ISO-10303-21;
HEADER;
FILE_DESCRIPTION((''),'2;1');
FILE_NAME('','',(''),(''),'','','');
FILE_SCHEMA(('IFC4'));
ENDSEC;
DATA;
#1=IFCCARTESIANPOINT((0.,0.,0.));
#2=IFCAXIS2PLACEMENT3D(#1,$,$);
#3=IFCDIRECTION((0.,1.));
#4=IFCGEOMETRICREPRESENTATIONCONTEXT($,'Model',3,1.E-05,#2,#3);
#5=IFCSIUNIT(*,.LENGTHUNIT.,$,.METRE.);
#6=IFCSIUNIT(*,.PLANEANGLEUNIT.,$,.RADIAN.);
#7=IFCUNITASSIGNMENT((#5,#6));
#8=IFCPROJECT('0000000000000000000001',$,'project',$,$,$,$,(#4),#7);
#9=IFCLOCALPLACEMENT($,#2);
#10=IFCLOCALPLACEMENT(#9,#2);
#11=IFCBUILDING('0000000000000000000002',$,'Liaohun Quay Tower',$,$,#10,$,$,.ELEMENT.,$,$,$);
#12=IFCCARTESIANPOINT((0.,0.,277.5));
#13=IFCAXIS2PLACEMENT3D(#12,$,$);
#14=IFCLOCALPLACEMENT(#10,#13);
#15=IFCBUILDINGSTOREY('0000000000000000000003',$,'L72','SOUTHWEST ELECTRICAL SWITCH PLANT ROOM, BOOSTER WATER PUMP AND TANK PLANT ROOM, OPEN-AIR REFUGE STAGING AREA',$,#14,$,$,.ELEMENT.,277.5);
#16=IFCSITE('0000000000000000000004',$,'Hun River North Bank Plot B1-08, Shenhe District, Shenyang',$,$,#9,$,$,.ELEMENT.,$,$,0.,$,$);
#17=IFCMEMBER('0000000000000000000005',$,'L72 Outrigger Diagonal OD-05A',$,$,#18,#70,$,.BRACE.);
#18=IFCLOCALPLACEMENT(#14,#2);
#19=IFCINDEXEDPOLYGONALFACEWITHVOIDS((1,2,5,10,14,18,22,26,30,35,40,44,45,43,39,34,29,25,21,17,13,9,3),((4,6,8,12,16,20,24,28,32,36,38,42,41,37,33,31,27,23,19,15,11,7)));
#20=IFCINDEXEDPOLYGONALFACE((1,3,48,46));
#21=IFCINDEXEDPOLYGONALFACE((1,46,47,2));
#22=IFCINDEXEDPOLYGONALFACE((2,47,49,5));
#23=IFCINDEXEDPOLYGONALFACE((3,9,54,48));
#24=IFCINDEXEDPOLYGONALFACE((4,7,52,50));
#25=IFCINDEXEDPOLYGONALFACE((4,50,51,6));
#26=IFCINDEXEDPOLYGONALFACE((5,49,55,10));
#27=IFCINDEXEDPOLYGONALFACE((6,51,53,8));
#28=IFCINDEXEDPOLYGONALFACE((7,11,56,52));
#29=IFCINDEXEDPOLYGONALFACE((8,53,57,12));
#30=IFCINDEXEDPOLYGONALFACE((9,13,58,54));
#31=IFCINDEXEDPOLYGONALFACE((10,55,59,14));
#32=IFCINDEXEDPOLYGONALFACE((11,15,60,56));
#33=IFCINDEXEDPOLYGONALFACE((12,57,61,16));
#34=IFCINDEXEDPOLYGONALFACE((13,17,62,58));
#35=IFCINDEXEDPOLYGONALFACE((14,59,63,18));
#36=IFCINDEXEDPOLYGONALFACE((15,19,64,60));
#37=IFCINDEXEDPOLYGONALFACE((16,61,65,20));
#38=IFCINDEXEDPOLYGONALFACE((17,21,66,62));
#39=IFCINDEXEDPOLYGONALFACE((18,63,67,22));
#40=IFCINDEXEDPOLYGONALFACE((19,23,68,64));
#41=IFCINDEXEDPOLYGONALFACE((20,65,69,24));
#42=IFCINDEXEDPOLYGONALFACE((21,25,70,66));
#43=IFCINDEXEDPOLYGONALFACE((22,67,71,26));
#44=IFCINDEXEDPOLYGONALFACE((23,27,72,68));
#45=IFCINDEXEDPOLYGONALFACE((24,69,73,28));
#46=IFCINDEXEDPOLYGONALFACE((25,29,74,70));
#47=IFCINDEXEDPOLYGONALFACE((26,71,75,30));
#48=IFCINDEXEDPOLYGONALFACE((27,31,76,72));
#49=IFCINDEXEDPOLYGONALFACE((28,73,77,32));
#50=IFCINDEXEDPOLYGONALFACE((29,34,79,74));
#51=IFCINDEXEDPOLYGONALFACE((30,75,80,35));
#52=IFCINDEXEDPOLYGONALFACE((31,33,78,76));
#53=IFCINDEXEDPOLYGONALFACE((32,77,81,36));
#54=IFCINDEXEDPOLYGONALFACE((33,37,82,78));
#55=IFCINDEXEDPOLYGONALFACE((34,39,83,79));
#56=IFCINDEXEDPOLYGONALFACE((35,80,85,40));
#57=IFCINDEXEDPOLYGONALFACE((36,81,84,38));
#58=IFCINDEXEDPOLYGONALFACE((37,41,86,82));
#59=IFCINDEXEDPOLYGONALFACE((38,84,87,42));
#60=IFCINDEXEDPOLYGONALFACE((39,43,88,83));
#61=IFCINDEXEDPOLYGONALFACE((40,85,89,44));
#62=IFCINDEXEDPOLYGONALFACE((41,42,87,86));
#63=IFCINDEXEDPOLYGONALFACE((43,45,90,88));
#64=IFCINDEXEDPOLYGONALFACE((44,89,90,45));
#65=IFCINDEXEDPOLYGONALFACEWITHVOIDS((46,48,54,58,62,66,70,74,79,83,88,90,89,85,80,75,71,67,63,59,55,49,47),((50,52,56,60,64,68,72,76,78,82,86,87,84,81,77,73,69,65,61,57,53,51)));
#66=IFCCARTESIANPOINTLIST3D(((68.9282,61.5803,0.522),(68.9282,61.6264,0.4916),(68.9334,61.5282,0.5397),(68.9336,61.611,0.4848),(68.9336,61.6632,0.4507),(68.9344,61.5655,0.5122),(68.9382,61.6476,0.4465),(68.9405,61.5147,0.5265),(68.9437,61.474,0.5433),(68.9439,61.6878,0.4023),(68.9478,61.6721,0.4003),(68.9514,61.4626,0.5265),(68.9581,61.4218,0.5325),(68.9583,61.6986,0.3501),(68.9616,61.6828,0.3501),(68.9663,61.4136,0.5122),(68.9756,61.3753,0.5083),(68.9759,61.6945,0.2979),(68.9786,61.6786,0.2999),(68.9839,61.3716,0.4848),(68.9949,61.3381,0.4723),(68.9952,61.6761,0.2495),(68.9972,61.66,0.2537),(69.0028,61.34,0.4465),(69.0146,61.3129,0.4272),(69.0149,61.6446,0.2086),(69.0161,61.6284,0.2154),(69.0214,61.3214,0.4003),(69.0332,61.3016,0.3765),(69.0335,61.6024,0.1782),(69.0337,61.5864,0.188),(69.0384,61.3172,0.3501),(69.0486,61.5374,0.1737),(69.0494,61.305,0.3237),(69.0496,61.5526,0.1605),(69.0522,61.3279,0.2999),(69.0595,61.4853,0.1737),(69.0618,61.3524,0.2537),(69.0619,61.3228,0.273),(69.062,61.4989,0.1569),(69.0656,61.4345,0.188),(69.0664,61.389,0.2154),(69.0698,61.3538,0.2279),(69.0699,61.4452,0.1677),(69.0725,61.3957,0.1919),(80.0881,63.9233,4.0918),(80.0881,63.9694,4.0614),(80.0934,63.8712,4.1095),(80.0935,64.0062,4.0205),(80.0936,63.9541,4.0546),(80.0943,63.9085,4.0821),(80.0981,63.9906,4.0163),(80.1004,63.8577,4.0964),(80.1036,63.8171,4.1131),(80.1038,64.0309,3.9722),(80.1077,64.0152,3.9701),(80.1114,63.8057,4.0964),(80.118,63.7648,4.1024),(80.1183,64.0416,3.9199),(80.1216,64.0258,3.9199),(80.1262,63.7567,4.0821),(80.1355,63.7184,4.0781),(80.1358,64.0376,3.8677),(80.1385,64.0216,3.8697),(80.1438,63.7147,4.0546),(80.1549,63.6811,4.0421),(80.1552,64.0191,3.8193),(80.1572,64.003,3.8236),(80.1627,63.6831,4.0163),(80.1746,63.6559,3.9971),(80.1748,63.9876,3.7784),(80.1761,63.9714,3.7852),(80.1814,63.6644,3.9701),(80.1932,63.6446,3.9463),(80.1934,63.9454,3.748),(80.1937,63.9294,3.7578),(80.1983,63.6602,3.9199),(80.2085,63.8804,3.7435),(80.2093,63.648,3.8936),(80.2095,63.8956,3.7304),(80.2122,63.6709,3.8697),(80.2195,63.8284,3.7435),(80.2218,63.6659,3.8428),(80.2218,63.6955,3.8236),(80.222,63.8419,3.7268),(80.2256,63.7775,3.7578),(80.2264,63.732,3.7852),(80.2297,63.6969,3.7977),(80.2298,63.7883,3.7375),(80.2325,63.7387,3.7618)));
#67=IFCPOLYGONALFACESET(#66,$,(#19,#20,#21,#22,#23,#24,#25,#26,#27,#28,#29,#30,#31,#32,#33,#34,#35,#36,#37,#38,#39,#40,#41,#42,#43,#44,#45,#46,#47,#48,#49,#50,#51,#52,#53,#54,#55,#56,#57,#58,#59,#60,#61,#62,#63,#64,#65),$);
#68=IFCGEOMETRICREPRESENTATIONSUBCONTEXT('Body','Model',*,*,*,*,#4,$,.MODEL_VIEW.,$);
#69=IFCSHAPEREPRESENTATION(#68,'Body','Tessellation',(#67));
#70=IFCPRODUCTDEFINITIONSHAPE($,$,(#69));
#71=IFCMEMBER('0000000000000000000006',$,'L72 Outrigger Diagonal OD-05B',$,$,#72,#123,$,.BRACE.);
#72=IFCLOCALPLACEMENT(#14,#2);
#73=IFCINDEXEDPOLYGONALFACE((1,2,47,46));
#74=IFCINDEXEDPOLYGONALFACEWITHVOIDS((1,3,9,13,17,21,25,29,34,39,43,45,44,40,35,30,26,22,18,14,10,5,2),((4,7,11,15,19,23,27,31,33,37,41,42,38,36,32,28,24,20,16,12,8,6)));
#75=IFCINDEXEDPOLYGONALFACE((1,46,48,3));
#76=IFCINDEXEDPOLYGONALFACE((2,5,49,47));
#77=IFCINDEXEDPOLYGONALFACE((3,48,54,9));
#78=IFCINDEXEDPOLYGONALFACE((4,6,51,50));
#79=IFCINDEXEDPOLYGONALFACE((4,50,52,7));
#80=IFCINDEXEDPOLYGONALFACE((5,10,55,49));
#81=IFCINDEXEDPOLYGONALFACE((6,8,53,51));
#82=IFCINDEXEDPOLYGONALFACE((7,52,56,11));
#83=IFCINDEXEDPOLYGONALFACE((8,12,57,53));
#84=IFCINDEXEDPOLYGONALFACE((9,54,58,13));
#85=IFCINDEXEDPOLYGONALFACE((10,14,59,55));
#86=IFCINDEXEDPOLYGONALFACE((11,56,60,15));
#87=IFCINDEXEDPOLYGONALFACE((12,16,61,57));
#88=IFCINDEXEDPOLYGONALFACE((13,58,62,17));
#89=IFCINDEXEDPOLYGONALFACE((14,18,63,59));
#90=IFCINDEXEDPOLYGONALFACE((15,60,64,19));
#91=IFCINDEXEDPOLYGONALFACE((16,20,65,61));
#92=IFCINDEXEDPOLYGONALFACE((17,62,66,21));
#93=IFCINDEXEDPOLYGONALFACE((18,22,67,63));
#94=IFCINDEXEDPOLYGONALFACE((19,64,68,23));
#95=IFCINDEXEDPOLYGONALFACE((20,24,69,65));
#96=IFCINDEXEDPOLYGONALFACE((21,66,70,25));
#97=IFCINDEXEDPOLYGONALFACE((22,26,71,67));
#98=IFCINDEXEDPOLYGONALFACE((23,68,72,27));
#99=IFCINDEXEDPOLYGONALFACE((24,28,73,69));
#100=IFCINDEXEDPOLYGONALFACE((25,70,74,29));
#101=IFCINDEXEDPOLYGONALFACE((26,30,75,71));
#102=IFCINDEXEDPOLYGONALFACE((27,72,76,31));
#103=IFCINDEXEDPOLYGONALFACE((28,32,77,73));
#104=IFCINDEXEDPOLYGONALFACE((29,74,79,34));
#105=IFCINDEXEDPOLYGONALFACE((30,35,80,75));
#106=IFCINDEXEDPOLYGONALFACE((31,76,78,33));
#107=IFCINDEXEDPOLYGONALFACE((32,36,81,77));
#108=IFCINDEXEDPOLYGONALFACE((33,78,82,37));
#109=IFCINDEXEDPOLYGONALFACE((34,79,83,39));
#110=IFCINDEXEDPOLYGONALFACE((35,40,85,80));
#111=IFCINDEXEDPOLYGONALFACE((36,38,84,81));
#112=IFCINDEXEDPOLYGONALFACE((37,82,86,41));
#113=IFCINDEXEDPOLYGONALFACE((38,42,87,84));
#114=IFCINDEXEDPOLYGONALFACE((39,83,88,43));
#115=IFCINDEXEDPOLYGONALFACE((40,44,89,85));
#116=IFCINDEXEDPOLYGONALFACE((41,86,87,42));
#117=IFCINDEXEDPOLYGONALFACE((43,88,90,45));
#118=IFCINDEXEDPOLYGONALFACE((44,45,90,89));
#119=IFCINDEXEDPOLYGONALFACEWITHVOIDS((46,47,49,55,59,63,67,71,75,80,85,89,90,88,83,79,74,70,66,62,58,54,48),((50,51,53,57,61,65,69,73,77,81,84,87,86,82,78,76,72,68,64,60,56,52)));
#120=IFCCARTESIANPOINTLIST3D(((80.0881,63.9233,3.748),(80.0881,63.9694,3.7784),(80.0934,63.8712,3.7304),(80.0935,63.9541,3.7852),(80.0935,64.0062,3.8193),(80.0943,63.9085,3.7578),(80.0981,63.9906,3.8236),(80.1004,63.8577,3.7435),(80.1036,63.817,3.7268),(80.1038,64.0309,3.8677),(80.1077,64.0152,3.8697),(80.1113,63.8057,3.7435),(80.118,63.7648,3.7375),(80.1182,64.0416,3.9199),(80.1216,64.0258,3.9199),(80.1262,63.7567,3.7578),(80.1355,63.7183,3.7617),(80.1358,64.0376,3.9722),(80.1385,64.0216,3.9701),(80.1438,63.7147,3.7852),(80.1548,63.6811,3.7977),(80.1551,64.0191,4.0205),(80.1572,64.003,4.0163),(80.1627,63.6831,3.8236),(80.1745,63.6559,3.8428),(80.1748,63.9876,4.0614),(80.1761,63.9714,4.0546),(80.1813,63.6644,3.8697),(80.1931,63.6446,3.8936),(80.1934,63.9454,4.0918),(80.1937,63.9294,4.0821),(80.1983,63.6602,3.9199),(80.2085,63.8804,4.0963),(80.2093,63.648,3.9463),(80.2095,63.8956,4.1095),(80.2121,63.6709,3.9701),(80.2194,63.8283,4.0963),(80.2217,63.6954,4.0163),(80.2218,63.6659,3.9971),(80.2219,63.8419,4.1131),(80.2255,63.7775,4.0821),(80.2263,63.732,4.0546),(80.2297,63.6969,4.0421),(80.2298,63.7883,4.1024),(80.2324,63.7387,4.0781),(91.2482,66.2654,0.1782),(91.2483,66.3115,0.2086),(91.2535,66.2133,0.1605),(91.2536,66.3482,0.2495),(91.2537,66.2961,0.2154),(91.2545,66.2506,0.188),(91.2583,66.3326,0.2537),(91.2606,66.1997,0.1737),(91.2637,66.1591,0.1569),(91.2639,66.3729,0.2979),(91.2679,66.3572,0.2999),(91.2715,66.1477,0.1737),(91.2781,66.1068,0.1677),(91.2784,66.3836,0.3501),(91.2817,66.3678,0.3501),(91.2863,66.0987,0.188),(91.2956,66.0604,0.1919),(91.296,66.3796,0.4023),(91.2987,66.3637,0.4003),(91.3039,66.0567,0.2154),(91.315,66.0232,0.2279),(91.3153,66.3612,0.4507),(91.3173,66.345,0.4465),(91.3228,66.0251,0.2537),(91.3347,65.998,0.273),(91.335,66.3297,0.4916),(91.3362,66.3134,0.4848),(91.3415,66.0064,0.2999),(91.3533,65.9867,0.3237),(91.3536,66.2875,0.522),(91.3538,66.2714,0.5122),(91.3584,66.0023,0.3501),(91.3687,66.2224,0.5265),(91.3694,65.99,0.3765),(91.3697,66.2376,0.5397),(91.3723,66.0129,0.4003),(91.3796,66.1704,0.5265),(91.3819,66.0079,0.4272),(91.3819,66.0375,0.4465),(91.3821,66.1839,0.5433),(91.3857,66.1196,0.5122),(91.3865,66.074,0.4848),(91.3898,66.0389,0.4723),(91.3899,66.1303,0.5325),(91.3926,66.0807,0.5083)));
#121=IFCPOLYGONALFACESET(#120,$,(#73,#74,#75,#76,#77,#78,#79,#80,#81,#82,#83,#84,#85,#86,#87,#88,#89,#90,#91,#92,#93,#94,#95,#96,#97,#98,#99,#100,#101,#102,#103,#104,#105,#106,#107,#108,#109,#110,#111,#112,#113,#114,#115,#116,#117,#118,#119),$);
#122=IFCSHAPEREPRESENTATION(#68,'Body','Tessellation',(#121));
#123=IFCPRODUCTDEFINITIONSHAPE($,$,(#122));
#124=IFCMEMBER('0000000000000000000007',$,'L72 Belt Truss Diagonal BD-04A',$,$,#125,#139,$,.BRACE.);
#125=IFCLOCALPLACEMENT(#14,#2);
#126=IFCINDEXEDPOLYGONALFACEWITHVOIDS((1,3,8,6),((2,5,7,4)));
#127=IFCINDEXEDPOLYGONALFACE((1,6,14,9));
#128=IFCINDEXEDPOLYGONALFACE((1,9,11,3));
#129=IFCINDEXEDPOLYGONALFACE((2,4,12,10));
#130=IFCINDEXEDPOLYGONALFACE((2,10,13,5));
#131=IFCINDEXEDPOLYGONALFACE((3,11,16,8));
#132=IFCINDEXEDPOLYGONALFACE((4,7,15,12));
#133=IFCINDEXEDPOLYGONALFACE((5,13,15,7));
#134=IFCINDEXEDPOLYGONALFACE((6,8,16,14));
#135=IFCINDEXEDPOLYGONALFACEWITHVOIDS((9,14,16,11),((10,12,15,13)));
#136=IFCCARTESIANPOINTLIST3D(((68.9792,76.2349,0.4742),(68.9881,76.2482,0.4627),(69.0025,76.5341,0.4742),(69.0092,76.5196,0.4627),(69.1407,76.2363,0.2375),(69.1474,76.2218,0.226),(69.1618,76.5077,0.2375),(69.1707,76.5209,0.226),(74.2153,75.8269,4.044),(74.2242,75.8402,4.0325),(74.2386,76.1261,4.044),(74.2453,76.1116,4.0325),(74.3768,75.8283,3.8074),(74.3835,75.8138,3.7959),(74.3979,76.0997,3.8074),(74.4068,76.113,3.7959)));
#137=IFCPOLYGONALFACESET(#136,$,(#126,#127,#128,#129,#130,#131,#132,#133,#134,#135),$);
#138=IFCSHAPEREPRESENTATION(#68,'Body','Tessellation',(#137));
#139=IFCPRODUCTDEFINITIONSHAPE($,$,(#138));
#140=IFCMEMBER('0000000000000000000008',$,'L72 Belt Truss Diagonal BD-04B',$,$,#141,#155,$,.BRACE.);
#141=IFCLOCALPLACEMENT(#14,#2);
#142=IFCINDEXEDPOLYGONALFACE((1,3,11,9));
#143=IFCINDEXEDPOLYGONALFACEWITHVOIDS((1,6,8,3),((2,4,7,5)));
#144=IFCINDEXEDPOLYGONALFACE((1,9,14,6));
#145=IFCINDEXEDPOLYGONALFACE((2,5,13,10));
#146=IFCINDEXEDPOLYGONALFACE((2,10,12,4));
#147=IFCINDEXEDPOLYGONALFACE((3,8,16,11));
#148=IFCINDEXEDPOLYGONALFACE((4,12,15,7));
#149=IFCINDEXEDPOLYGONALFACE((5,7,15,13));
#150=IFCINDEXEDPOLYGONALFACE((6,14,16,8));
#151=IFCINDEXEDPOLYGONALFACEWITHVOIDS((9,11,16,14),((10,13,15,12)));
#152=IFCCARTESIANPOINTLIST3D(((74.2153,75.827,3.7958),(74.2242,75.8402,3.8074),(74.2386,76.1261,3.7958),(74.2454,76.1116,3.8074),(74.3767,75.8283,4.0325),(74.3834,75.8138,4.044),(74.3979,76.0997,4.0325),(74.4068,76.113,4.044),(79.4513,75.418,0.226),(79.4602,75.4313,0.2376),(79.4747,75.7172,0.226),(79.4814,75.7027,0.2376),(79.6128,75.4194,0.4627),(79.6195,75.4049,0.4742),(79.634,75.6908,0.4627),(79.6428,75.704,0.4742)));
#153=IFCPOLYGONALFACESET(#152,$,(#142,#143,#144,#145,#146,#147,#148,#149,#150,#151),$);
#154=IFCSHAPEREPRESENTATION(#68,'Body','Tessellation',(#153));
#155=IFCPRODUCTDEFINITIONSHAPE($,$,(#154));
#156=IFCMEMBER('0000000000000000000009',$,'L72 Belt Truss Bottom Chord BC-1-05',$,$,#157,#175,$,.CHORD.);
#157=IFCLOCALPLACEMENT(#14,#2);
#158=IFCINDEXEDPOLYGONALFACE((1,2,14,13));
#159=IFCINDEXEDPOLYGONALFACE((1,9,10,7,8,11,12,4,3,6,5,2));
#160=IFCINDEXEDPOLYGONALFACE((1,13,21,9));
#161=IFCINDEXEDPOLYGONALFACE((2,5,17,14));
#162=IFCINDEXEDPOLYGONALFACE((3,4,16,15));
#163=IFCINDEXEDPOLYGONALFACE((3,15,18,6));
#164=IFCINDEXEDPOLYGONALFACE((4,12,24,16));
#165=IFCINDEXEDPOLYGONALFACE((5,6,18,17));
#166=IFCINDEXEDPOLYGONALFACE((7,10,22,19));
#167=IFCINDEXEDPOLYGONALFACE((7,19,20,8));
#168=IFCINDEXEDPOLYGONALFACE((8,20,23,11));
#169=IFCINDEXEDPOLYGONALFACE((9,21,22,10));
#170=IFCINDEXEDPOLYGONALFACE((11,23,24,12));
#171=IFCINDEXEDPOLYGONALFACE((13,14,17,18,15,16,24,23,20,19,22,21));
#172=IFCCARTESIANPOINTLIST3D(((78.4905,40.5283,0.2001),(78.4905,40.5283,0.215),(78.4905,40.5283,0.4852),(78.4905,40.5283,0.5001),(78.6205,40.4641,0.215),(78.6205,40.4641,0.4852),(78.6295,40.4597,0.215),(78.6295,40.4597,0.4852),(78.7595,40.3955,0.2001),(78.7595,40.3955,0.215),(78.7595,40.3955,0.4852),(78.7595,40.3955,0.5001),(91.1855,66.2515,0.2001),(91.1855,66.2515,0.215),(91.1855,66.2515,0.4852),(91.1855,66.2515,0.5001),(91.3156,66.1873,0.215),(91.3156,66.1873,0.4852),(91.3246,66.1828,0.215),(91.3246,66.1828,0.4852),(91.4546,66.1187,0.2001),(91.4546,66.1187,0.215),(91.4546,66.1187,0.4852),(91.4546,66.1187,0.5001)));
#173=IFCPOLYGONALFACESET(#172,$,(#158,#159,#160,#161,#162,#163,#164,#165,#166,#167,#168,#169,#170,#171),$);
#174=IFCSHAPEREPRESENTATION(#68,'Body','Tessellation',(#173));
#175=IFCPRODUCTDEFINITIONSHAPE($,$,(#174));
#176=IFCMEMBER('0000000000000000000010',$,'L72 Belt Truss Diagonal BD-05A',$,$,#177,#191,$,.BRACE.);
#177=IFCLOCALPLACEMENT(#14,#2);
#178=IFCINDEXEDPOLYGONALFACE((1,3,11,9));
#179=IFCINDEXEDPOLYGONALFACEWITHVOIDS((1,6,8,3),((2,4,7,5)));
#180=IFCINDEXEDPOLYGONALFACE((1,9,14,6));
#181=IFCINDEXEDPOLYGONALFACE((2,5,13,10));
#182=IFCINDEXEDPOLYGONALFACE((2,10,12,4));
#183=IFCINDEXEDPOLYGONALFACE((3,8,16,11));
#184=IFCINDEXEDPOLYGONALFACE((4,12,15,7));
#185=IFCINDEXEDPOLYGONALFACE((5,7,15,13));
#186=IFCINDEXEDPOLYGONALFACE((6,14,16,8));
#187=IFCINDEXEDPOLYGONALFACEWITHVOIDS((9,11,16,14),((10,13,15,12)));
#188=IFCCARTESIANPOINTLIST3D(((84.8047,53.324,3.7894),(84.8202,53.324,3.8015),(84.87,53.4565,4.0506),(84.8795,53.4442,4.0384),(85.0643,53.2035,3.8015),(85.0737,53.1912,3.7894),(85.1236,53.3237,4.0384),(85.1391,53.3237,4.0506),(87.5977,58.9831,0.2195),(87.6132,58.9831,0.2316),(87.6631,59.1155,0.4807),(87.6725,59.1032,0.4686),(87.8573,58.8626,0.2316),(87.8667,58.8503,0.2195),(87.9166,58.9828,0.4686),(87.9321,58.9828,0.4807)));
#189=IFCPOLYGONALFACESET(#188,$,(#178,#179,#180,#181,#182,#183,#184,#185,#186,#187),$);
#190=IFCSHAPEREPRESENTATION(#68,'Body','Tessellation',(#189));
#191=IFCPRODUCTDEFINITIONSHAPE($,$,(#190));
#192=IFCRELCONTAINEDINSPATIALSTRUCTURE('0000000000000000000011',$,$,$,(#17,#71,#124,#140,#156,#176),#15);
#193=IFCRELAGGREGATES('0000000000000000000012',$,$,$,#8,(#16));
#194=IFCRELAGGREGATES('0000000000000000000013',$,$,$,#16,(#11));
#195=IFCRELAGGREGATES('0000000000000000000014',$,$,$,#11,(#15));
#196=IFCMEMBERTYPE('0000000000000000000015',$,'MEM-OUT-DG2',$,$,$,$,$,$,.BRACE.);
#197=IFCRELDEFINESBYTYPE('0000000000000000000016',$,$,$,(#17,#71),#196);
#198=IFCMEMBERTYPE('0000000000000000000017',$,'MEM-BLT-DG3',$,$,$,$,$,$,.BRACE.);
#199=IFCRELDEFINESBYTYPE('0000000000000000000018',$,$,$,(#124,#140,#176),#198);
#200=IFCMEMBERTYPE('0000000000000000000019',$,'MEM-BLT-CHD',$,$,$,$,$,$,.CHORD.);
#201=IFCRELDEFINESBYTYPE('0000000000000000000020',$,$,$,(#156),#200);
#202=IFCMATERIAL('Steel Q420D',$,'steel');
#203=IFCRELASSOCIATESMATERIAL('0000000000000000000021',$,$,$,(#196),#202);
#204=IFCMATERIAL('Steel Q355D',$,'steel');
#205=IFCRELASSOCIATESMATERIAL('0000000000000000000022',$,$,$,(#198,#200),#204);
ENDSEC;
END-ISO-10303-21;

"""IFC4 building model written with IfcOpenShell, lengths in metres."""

from ifc_helpers import new_model, si_unit, direction, frame, origin, origin_2d, place, context, subcontext, project, spatial, hollow_rectangle, hollow_circle, i_section, extrude, source, transform, mapped, material, material_profile, profile_set, type_object, element, save


model = new_model("IFC4")

# Units and contexts
model_context = context("Model", 3, precision=1e-05, world=origin(), true_north=direction((0.0, 1.0)))
body_context = subcontext(model_context, "Body", "Model", "MODEL_VIEW")
ifc_project = project(units=[si_unit("LENGTHUNIT", "METRE"), si_unit("PLANEANGLEUNIT", "RADIAN")], contexts=[model_context])

# Site, building, storey
site_placement = place(None, origin())
site = spatial("IfcSite", under=ifc_project, at=site_placement, Name="Hun River North Bank Plot B1-08, Shenhe District, Shenyang", CompositionType="ELEMENT", RefElevation=0.0)
building_placement = place(site_placement, origin())
building = spatial("IfcBuilding", under=site, at=building_placement, Name="Liaohun Quay Tower", CompositionType="ELEMENT")
storey_placement = place(building_placement, frame((0.0, 0.0, 277.5)))
storey = spatial("IfcBuildingStorey", under=building, at=storey_placement, Name="L72", Description="SOUTHWEST ELECTRICAL SWITCH PLANT ROOM, BOOSTER WATER PUMP AND TANK PLANT ROOM, OPEN-AIR REFUGE STAGING AREA", CompositionType="ELEMENT", Elevation=277.5)

# Shared definitions
ifc_material_1 = material(Name="Steel Q355D", Category="steel")

# Members
ifc_material_2 = material(Name="Steel Q420D", Category="steel")
ifc_material_profile_1 = material_profile(ifc_material_2, hollow_circle(Radius=0.2029, WallThickness=0.0161, at=origin_2d()), Name="CHS406x16")
ifc_profile_set_1 = profile_set([ifc_material_profile_1], Name="Steel Q420D")
member_type_1 = type_object("IfcMemberType", Name="MEM-OUT-DG2", PredefinedType="BRACE", material=ifc_profile_set_1)
shared_shape_1 = source(origin(), body_context, "Body", "SweptSolid", [
    extrude(hollow_circle(Radius=0.2029, WallThickness=0.0161, at=origin_2d()), origin(), (0.0, 0.0, 1.0), 11.949),
])
for number, where, z_axis, x_axis, name in (
    (1, (69.0, 61.5, 0.3501), (0.933967, 0.196086, 0.298757), (-0.20547, 0.978663, 0.0), "L72 Outrigger Diagonal OD-05A"),
    (2, (80.1599, 63.843, 3.9199), (0.933985, 0.196004, -0.298756), (-0.205384, 0.978682, 0.0), "L72 Outrigger Diagonal OD-05B"),
):
    element("IfcMember", number, at=place(storey_placement, frame(where, z_axis=z_axis, x_axis=x_axis)), inside=storey, type_object=member_type_1, Name=name, PredefinedType="BRACE", context=body_context, shape_type="MappedRepresentation", body=[
        mapped(shared_shape_1, transform((0.0, 0.0, 0.0), x_axis=(1.0, 0.0, 0.0), y_axis=(0.0, 1.0, 0.0), z_axis=(0.0, 0.0, 1.0), scale=1.0)),
    ])
ifc_material_profile_2 = material_profile(ifc_material_1, hollow_rectangle(XDim=0.3, YDim=0.3, WallThickness=0.0139, at=origin_2d()), Name="SHS300x300x14")
ifc_profile_set_2 = profile_set([ifc_material_profile_2], Name="Steel Q355D")
member_type_2 = type_object("IfcMemberType", Name="MEM-BLT-DG3", PredefinedType="BRACE", material=ifc_profile_set_2)
shared_shape_2 = source(origin(), body_context, "Body", "SweptSolid", [
    extrude(hollow_rectangle(XDim=0.3, YDim=0.3, WallThickness=0.0139, at=origin_2d()), origin(), (0.0, 0.0, 1.0), 6.3503),
])
for number, where, z_axis, x_axis, name in (
    (3, (69.075, 76.3779, 0.3501), (0.824538, -0.064242, 0.562148), (0.077678, 0.996979, 0.0), "L72 Belt Truss Diagonal BD-04A"),
    (4, (74.311, 75.97, 3.9199), (0.82453, -0.064395, -0.562143), (0.077862, 0.996964, 0.0), "L72 Belt Truss Diagonal BD-04B"),
):
    element("IfcMember", number, at=place(storey_placement, frame(where, z_axis=z_axis, x_axis=x_axis)), inside=storey, type_object=member_type_2, Name=name, PredefinedType="BRACE", context=body_context, shape_type="MappedRepresentation", body=[
        mapped(shared_shape_2, transform((0.0, 0.0, 0.0), x_axis=(1.0, 0.0, 0.0), y_axis=(0.0, 1.0, 0.0), z_axis=(0.0, 0.0, 1.0), scale=1.0)),
    ])
ifc_material_profile_3 = material_profile(ifc_material_1, i_section(OverallWidth=0.3, OverallDepth=0.3, WebThickness=0.01, FlangeThickness=0.0149, at=origin_2d()), Name="HW300x300x10x15")
ifc_profile_set_3 = profile_set([ifc_material_profile_3], Name="Steel Q355D")
member_type_3 = type_object("IfcMemberType", Name="MEM-BLT-CHD", PredefinedType="CHORD", material=ifc_profile_set_3)
shared_shape_3 = source(origin(), body_context, "Body", "SweptSolid", [
    extrude(i_section(OverallWidth=0.3, OverallDepth=0.3, WebThickness=0.01, FlangeThickness=0.0149, at=origin_2d()), origin(), (0.0, 0.0, 1.0), 28.6853),
])
member_1_placement = place(storey_placement, frame((91.3201, 66.1851, 0.3501), z_axis=(-0.442564, -0.896737, 0.0), x_axis=(0.896737, -0.442564, 0.0)))
element("IfcMember", 5, at=member_1_placement, inside=storey, type_object=member_type_3, Name="L72 Belt Truss Bottom Chord BC-1-05", PredefinedType="CHORD", context=body_context, shape_type="MappedRepresentation", body=[
    mapped(shared_shape_3, transform((0.0, 0.0, 0.0), x_axis=(1.0, 0.0, 0.0), y_axis=(0.0, 1.0, 0.0), z_axis=(0.0, 0.0, 1.0), scale=1.0)),
])
shared_shape_4 = source(origin(), body_context, "Body", "SweptSolid", [
    extrude(hollow_rectangle(XDim=0.3, YDim=0.3, WallThickness=0.0139, at=origin_2d()), origin(), (0.0, 0.0, 1.0), 7.2505),
])
member_2_placement = place(storey_placement, frame((87.7649, 58.9829, 0.3501), z_axis=(-0.385217, -0.780503, 0.492364), x_axis=(0.896729, -0.442581, 0.0)))
element("IfcMember", 6, at=member_2_placement, inside=storey, type_object=member_type_2, Name="L72 Belt Truss Diagonal BD-05A", PredefinedType="BRACE", context=body_context, shape_type="MappedRepresentation", body=[
    mapped(shared_shape_4, transform((0.0, 0.0, 0.0), x_axis=(1.0, 0.0, 0.0), y_axis=(0.0, 1.0, 0.0), z_axis=(0.0, 0.0, 1.0), scale=1.0)),
])

save(model, "model.ifc")
